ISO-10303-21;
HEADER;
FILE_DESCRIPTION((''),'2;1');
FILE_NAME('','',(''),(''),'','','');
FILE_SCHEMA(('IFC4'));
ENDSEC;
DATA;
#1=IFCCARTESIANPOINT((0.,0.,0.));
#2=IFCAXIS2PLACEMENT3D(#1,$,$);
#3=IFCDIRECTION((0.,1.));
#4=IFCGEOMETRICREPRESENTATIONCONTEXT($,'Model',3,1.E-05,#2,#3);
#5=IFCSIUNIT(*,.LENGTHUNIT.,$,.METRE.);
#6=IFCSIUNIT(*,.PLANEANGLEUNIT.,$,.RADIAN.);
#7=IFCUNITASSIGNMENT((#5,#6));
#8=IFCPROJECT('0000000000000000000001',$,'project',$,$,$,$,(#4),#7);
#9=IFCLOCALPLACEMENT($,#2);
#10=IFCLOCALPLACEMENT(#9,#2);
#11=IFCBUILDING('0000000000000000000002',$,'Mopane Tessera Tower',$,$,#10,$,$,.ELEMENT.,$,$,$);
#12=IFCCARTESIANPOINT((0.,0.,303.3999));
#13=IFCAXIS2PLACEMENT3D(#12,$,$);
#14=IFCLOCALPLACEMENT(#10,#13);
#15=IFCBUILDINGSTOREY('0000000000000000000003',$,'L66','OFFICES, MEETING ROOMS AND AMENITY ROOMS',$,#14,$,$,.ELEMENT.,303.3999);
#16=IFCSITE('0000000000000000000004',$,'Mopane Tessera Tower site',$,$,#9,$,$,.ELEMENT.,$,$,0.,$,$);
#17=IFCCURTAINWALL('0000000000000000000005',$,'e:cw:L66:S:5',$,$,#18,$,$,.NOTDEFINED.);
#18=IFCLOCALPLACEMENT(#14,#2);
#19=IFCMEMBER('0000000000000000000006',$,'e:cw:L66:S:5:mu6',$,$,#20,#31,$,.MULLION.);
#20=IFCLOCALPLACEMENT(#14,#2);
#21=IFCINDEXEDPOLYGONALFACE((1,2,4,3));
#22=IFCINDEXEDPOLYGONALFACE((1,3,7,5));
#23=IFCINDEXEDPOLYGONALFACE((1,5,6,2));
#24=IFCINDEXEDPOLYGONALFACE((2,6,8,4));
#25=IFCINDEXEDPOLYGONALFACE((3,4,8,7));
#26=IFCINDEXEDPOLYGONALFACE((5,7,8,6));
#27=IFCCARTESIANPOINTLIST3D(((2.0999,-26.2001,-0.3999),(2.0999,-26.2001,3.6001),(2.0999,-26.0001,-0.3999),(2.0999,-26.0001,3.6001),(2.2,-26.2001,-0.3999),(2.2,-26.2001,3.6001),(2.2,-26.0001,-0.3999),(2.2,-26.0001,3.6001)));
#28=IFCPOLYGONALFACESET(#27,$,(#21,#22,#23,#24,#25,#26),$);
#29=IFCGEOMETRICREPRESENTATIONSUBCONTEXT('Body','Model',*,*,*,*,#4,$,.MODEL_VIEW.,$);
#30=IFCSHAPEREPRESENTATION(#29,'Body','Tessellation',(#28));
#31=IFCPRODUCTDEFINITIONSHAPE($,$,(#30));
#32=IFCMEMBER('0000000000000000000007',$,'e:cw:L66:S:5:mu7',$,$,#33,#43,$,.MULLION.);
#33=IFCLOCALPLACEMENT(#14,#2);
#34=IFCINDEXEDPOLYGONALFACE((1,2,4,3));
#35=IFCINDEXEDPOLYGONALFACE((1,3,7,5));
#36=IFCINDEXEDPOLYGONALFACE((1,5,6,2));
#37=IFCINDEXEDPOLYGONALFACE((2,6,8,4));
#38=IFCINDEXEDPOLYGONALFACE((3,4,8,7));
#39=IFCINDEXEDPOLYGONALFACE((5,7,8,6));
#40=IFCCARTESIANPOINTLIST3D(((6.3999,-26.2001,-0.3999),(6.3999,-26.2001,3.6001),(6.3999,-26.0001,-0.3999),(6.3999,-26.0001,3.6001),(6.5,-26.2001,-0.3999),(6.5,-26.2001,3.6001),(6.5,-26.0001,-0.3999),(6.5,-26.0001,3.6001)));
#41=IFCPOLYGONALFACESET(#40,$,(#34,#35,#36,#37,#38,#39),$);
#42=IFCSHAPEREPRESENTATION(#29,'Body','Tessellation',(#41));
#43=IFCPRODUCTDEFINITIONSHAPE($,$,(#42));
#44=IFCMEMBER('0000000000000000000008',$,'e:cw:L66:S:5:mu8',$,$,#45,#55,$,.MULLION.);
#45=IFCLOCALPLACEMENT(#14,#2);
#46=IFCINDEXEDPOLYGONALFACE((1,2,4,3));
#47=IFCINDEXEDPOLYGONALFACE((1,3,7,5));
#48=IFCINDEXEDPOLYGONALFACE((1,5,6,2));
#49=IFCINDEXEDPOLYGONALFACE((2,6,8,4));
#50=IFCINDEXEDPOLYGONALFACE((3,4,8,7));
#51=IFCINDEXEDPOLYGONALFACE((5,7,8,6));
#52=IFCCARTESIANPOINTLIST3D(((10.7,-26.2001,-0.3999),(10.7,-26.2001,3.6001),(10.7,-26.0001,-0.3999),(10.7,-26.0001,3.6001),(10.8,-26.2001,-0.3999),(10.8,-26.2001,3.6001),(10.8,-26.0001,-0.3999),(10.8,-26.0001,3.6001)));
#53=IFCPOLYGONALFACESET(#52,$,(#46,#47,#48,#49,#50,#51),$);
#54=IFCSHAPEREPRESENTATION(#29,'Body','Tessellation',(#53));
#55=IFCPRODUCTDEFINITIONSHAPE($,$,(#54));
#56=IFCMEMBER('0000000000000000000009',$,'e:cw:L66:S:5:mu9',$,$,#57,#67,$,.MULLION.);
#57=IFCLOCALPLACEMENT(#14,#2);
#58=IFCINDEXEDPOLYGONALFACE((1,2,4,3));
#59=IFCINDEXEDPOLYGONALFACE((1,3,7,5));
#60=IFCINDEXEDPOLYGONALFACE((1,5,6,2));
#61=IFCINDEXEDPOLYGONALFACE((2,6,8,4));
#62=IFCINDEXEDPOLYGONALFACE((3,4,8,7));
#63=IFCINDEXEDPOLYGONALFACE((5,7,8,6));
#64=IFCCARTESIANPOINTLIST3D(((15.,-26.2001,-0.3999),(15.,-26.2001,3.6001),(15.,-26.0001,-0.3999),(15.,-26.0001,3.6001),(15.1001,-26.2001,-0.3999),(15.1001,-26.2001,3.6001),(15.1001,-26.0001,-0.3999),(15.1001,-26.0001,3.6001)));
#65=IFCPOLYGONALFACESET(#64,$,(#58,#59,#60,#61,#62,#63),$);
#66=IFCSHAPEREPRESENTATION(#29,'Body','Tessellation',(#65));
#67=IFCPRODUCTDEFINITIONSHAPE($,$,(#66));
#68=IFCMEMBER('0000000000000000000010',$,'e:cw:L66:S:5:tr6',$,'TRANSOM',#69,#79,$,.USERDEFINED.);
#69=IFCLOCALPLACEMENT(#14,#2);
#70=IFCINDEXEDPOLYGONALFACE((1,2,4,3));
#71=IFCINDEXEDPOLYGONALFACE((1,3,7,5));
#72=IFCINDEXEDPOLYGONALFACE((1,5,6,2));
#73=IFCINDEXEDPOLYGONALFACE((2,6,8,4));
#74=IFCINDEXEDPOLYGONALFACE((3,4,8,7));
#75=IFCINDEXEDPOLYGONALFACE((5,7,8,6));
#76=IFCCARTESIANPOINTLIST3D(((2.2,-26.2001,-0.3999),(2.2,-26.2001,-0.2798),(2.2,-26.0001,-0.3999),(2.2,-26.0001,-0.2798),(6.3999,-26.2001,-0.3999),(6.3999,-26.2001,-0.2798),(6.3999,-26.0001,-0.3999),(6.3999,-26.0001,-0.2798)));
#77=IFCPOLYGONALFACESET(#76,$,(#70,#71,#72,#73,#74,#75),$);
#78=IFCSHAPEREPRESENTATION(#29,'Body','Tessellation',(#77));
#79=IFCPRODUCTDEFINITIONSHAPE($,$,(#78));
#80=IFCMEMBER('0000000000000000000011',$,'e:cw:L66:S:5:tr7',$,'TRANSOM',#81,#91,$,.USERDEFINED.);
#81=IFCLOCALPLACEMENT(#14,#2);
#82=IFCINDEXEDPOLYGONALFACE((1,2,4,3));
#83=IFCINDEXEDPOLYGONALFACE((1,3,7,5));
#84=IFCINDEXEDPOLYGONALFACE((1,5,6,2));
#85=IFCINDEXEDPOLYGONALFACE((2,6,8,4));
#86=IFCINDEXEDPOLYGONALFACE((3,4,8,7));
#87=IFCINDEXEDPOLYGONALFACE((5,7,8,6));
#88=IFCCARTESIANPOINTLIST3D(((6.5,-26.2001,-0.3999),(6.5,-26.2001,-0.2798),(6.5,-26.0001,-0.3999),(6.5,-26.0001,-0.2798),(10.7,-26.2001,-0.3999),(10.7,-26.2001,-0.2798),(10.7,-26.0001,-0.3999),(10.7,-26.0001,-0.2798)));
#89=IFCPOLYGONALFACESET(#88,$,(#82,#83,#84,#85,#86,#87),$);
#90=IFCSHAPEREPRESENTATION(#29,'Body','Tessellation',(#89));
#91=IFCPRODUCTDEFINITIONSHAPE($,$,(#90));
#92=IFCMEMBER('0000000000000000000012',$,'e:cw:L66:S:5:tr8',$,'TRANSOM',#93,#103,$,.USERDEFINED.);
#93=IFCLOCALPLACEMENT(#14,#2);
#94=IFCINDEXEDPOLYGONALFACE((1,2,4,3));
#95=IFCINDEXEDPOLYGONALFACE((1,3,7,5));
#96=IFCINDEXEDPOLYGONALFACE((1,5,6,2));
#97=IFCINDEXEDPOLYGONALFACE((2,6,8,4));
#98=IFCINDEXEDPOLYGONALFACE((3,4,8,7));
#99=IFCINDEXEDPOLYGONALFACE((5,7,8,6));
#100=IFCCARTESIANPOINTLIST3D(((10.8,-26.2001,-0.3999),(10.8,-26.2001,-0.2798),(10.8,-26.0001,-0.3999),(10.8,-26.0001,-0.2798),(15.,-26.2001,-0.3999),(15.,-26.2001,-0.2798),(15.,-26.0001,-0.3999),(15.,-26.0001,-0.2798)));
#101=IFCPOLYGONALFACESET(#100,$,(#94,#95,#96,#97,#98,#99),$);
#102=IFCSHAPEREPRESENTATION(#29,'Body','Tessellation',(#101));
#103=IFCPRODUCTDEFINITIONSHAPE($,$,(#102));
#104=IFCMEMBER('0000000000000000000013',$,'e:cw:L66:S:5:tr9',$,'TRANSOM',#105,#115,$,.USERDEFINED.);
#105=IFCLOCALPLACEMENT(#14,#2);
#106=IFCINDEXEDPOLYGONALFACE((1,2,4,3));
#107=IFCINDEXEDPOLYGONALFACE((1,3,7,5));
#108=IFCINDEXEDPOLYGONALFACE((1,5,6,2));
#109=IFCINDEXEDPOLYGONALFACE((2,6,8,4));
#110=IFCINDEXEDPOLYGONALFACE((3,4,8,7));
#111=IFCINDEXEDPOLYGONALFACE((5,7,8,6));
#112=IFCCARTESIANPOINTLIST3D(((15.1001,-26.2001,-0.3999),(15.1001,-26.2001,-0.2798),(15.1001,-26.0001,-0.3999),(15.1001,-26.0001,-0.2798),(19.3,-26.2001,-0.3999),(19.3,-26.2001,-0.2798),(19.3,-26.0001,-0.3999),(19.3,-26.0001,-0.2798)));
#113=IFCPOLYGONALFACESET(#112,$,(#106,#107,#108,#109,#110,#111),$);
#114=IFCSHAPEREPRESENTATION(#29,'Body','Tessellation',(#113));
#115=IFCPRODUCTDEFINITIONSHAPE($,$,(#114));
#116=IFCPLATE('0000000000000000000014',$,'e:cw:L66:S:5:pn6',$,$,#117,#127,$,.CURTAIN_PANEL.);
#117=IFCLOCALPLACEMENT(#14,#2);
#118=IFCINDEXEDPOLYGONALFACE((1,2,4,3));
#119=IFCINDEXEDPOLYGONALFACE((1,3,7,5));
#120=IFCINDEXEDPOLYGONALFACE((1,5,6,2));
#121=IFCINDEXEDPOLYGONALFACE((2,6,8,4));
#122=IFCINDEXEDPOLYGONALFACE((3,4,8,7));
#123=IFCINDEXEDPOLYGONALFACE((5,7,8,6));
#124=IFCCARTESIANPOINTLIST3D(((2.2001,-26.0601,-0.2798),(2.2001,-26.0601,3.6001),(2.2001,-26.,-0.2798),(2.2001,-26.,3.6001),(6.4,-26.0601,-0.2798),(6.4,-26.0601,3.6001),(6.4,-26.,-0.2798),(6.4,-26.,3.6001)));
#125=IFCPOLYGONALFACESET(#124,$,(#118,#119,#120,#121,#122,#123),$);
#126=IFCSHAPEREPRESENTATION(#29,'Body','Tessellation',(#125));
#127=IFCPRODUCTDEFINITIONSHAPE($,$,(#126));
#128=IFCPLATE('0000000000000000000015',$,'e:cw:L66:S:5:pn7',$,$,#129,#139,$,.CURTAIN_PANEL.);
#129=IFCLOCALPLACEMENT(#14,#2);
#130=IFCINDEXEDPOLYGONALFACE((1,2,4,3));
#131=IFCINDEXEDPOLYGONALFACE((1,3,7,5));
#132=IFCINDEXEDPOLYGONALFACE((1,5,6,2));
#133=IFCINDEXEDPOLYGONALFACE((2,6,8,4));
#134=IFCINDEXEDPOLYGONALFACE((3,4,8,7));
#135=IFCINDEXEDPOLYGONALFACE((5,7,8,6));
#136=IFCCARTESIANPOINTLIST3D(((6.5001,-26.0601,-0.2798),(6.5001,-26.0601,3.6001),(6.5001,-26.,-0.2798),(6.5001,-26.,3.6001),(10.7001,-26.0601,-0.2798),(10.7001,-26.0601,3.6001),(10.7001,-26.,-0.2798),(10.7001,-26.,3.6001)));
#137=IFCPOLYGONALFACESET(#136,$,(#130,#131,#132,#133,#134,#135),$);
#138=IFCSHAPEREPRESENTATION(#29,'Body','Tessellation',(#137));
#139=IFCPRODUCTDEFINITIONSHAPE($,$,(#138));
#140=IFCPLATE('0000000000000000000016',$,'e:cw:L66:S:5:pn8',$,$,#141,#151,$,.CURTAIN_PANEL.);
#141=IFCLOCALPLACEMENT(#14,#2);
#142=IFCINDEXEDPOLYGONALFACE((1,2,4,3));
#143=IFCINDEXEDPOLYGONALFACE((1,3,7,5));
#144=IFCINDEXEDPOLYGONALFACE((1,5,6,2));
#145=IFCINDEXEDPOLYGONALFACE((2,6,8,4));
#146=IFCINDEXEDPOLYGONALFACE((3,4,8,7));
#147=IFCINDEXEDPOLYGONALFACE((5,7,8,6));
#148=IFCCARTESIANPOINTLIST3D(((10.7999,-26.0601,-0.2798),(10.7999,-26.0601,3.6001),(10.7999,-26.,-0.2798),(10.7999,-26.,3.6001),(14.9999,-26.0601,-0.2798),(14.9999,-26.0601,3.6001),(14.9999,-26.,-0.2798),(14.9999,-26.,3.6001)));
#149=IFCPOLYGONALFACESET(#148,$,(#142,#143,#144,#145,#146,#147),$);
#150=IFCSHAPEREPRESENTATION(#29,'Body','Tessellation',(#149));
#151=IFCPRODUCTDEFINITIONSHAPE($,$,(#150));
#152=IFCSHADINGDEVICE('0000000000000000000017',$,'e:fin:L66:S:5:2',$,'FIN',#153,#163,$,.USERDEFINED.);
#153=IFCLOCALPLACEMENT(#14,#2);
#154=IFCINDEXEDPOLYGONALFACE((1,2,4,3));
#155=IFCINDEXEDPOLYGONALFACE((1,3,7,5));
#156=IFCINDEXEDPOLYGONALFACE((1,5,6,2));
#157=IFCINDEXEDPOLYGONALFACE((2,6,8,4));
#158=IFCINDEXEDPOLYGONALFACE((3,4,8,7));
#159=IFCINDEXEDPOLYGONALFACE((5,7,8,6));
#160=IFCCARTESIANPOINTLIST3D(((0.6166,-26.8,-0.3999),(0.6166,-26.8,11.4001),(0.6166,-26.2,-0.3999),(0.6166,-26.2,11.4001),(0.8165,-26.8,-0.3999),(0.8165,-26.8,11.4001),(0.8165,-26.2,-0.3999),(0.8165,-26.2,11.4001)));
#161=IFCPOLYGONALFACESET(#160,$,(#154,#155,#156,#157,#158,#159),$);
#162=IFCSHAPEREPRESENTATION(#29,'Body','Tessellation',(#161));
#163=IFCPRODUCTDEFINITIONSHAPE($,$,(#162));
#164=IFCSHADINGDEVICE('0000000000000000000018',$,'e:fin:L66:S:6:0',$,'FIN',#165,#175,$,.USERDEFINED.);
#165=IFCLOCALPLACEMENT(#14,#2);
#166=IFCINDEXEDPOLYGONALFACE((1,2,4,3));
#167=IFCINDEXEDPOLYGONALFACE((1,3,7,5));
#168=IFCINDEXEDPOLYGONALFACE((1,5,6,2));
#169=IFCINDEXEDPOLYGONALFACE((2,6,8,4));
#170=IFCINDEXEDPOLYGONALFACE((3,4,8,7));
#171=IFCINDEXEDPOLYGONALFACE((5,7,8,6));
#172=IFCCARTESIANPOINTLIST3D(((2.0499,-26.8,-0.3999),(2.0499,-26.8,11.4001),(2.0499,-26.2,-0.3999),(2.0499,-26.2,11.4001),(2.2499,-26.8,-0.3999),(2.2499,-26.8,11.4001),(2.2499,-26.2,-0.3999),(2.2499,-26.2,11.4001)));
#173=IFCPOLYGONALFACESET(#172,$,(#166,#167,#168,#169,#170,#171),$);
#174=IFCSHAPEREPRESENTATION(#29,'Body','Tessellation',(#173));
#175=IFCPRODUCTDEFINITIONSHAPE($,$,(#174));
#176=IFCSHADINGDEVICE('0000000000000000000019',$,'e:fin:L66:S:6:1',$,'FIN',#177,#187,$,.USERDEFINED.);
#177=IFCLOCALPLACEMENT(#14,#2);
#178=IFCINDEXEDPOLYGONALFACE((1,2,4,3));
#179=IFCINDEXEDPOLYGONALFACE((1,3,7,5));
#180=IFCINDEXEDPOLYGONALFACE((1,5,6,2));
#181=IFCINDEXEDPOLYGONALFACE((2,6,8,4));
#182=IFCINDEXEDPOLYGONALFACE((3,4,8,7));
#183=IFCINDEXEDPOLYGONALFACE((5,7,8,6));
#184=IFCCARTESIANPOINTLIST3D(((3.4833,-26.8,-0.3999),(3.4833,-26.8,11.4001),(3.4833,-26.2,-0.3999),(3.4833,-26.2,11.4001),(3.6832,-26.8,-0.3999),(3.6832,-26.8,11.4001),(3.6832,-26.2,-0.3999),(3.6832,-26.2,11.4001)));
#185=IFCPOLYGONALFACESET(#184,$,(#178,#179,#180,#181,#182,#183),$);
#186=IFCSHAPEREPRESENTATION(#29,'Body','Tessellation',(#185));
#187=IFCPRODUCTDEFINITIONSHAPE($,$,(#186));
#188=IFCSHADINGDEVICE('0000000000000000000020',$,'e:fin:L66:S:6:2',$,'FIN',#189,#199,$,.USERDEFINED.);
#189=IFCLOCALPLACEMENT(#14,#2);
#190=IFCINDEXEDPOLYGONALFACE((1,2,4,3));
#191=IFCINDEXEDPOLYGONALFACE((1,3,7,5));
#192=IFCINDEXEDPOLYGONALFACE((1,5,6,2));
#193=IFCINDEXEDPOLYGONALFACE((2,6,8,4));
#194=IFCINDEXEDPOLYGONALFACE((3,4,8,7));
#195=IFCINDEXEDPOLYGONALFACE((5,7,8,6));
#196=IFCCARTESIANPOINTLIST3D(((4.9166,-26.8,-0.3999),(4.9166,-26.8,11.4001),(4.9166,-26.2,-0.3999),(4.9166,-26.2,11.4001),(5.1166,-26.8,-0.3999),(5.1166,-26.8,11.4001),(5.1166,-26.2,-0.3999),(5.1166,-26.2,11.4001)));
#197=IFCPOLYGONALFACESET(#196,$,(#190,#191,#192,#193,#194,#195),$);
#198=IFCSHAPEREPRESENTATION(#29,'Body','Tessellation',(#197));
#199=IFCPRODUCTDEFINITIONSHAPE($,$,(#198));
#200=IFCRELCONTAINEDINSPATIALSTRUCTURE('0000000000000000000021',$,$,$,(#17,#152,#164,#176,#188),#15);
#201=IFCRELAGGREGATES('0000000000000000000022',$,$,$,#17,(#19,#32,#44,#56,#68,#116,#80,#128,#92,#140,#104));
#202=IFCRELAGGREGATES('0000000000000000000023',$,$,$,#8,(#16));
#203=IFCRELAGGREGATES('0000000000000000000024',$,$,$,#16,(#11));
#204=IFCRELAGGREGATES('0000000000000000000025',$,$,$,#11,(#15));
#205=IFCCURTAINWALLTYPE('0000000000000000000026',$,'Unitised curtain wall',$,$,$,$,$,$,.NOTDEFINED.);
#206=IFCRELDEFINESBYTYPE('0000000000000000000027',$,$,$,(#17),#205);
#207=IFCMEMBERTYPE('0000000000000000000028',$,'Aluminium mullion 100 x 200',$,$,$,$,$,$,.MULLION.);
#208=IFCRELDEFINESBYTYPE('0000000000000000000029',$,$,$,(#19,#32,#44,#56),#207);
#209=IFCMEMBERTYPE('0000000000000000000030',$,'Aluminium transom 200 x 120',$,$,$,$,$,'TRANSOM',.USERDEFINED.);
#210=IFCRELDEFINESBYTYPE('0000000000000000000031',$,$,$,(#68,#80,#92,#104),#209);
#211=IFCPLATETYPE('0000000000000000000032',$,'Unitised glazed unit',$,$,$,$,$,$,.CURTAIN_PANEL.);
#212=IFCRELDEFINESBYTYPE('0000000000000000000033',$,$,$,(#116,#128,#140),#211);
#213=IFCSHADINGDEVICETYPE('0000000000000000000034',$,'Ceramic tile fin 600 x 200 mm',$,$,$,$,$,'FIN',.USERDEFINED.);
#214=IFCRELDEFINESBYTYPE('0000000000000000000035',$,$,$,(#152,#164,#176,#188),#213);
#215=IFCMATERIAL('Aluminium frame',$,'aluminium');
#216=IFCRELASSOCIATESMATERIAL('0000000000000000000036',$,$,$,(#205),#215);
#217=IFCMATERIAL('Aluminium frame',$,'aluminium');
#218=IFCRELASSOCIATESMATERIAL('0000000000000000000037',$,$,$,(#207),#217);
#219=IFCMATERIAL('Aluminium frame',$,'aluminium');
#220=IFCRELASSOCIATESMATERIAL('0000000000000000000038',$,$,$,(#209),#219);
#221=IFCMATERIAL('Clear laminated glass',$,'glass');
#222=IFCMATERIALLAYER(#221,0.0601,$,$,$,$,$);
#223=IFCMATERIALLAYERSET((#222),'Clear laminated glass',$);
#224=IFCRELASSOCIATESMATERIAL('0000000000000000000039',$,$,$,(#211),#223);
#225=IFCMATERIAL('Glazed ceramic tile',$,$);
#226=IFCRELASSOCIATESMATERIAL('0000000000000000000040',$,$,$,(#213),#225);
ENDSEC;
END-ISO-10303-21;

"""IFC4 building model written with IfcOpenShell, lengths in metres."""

from ifc_helpers import new_model, si_unit, direction, frame, origin, origin_2d, place, context, subcontext, project, spatial, rectangle, extrude, material, layer, layer_set, material_profile, profile_set, type_object, element, aggregate, save


model = new_model("IFC4")

# Units and contexts
model_context = context("Model", 3, precision=1e-05, world=origin(), true_north=direction((0.0, 1.0)))
body_context = subcontext(model_context, "Body", "Model", "MODEL_VIEW")
ifc_project = project(units=[si_unit("LENGTHUNIT", "METRE"), si_unit("PLANEANGLEUNIT", "RADIAN")], contexts=[model_context])

# Site, building, storey
site_placement = place(None, origin())
site = spatial("IfcSite", under=ifc_project, at=site_placement, Name="Mopane Tessera Tower site", CompositionType="ELEMENT", RefElevation=0.0)
building_placement = place(site_placement, origin())
building = spatial("IfcBuilding", under=site, at=building_placement, Name="Mopane Tessera Tower", CompositionType="ELEMENT")
storey_placement = place(building_placement, frame((0.0, 0.0, 303.3999)))
storey = spatial("IfcBuildingStorey", under=building, at=storey_placement, Name="L66", Description="OFFICES, MEETING ROOMS AND AMENITY ROOMS", CompositionType="ELEMENT", Elevation=303.3999)

# Curtain wall, members, plates
ifc_material_1 = material(Name="Aluminium frame", Category="aluminium")
curtain_wall_type = type_object("IfcCurtainWallType", Name="Unitised curtain wall", PredefinedType="NOTDEFINED", material=ifc_material_1)
curtain_wall_placement = place(storey_placement, origin())
curtain_wall = element("IfcCurtainWall", 1, at=curtain_wall_placement, inside=storey, type_object=curtain_wall_type, Name="e:cw:L66:S:5", PredefinedType="NOTDEFINED")
ifc_material_2 = material(Name="Aluminium frame", Category="aluminium")
ifc_material_profile_1 = material_profile(ifc_material_2, rectangle(XDim=0.1001, YDim=0.2, at=origin_2d()))
ifc_profile_set_1 = profile_set([ifc_material_profile_1], Name="Aluminium frame")
member_type_1 = type_object("IfcMemberType", Name="Aluminium mullion 100 x 200", PredefinedType="MULLION", material=ifc_profile_set_1)
member_1_placement = place(storey_placement, frame((2.1499, -26.1001, -0.3999), z_axis=(0.0, 0.0, 1.0), x_axis=(1.0, 0.0, 0.0)))
member_1 = element("IfcMember", 2, at=member_1_placement, type_object=member_type_1, Name="e:cw:L66:S:5:mu6", PredefinedType="MULLION", context=body_context, shape_type="SweptSolid", body=[
    extrude(rectangle(XDim=0.1001, YDim=0.2, at=origin_2d()), origin(), (0.0, 0.0, 1.0), 4.0),
])
member_2_placement = place(storey_placement, frame((6.45, -26.1001, -0.3999), z_axis=(0.0, 0.0, 1.0), x_axis=(1.0, 0.0, 0.0)))
member_2 = element("IfcMember", 3, at=member_2_placement, type_object=member_type_1, Name="e:cw:L66:S:5:mu7", PredefinedType="MULLION", context=body_context, shape_type="SweptSolid", body=[
    extrude(rectangle(XDim=0.1001, YDim=0.2, at=origin_2d()), origin(), (0.0, 0.0, 1.0), 4.0),
])
member_3_placement = place(storey_placement, frame((10.75, -26.1001, -0.3999), z_axis=(0.0, 0.0, 1.0), x_axis=(1.0, 0.0, 0.0)))
member_3 = element("IfcMember", 4, at=member_3_placement, type_object=member_type_1, Name="e:cw:L66:S:5:mu8", PredefinedType="MULLION", context=body_context, shape_type="SweptSolid", body=[
    extrude(rectangle(XDim=0.1001, YDim=0.2, at=origin_2d()), origin(), (0.0, 0.0, 1.0), 4.0),
])
member_4_placement = place(storey_placement, frame((15.05, -26.1001, -0.3999), z_axis=(0.0, 0.0, 1.0), x_axis=(1.0, 0.0, 0.0)))
member_4 = element("IfcMember", 5, at=member_4_placement, type_object=member_type_1, Name="e:cw:L66:S:5:mu9", PredefinedType="MULLION", context=body_context, shape_type="SweptSolid", body=[
    extrude(rectangle(XDim=0.1001, YDim=0.2, at=origin_2d()), origin(), (0.0, 0.0, 1.0), 4.0),
])
ifc_material_3 = material(Name="Aluminium frame", Category="aluminium")
ifc_material_profile_2 = material_profile(ifc_material_3, rectangle(XDim=0.2, YDim=0.1201, at=origin_2d()))
ifc_profile_set_2 = profile_set([ifc_material_profile_2], Name="Aluminium frame")
member_type_2 = type_object("IfcMemberType", Name="Aluminium transom 200 x 120", ElementType="TRANSOM", PredefinedType="USERDEFINED", material=ifc_profile_set_2)
member_5_placement = place(storey_placement, frame((2.2, -26.1001, -0.3398), z_axis=(1.0, 0.0, 0.0), x_axis=(0.0, 1.0, 0.0)))
member_5 = element("IfcMember", 6, at=member_5_placement, type_object=member_type_2, Name="e:cw:L66:S:5:tr6", ObjectType="TRANSOM", PredefinedType="USERDEFINED", context=body_context, shape_type="SweptSolid", body=[
    extrude(rectangle(XDim=0.2, YDim=0.1201, at=origin_2d()), origin(), (0.0, 0.0, 1.0), 4.2),
])
member_6_placement = place(storey_placement, frame((6.5, -26.1001, -0.3398), z_axis=(1.0, 0.0, 0.0), x_axis=(0.0, 1.0, 0.0)))
member_6 = element("IfcMember", 7, at=member_6_placement, type_object=member_type_2, Name="e:cw:L66:S:5:tr7", ObjectType="TRANSOM", PredefinedType="USERDEFINED", context=body_context, shape_type="SweptSolid", body=[
    extrude(rectangle(XDim=0.2, YDim=0.1201, at=origin_2d()), origin(), (0.0, 0.0, 1.0), 4.2),
])
member_7_placement = place(storey_placement, frame((10.8, -26.1001, -0.3398), z_axis=(1.0, 0.0, 0.0), x_axis=(0.0, 1.0, 0.0)))
member_7 = element("IfcMember", 8, at=member_7_placement, type_object=member_type_2, Name="e:cw:L66:S:5:tr8", ObjectType="TRANSOM", PredefinedType="USERDEFINED", context=body_context, shape_type="SweptSolid", body=[
    extrude(rectangle(XDim=0.2, YDim=0.1201, at=origin_2d()), origin(), (0.0, 0.0, 1.0), 4.2),
])
member_8_placement = place(storey_placement, frame((15.1001, -26.1001, -0.3398), z_axis=(1.0, 0.0, 0.0), x_axis=(0.0, 1.0, 0.0)))
member_8 = element("IfcMember", 9, at=member_8_placement, type_object=member_type_2, Name="e:cw:L66:S:5:tr9", ObjectType="TRANSOM", PredefinedType="USERDEFINED", context=body_context, shape_type="SweptSolid", body=[
    extrude(rectangle(XDim=0.2, YDim=0.1201, at=origin_2d()), origin(), (0.0, 0.0, 1.0), 4.2),
])
ifc_material_4 = material(Name="Clear laminated glass", Category="glass")
ifc_layer = layer(ifc_material_4, 0.0601)
ifc_layer_set = layer_set([ifc_layer], Name="Clear laminated glass")
plate_type = type_object("IfcPlateType", Name="Unitised glazed unit", PredefinedType="CURTAIN_PANEL", material=ifc_layer_set)
plate_1_placement = place(storey_placement, frame((4.3, -26.03, -0.2798), z_axis=(0.0, 0.0, 1.0), x_axis=(1.0, 0.0, 0.0)))
plate_1 = element("IfcPlate", 10, at=plate_1_placement, type_object=plate_type, Name="e:cw:L66:S:5:pn6", PredefinedType="CURTAIN_PANEL", context=body_context, shape_type="SweptSolid", body=[
    extrude(rectangle(XDim=4.2, YDim=0.0601, at=origin_2d()), origin(), (0.0, 0.0, 1.0), 3.8799),
])
plate_2_placement = place(storey_placement, frame((8.6001, -26.03, -0.2798), z_axis=(0.0, 0.0, 1.0), x_axis=(1.0, 0.0, 0.0)))
plate_2 = element("IfcPlate", 11, at=plate_2_placement, type_object=plate_type, Name="e:cw:L66:S:5:pn7", PredefinedType="CURTAIN_PANEL", context=body_context, shape_type="SweptSolid", body=[
    extrude(rectangle(XDim=4.2, YDim=0.0601, at=origin_2d()), origin(), (0.0, 0.0, 1.0), 3.8799),
])
plate_3_placement = place(storey_placement, frame((12.8999, -26.03, -0.2798), z_axis=(0.0, 0.0, 1.0), x_axis=(1.0, 0.0, 0.0)))
plate_3 = element("IfcPlate", 12, at=plate_3_placement, type_object=plate_type, Name="e:cw:L66:S:5:pn8", PredefinedType="CURTAIN_PANEL", context=body_context, shape_type="SweptSolid", body=[
    extrude(rectangle(XDim=4.2, YDim=0.0601, at=origin_2d()), origin(), (0.0, 0.0, 1.0), 3.8799),
])
aggregate(curtain_wall, [member_1, member_2, member_3, member_4, member_5, plate_1, member_6, plate_2, member_7, plate_3, member_8])

# Shading devices
ifc_material_5 = material(Name="Glazed ceramic tile")
shading_device_type = type_object("IfcShadingDeviceType", Name="Ceramic tile fin 600 x 200 mm", ElementType="FIN", PredefinedType="USERDEFINED", material=ifc_material_5)
for number, where, z_axis, x_axis, name in (
    (13, (0.7166, -26.5, -0.3999), (0.0, 0.0, 1.0), (1.0, 0.0, 0.0), "e:fin:L66:S:5:2"),
    (14, (2.1499, -26.5, -0.3999), (0.0, 0.0, 1.0), (1.0, 0.0, 0.0), "e:fin:L66:S:6:0"),
    (15, (3.5833, -26.5, -0.3999), (0.0, 0.0, 1.0), (1.0, 0.0, 0.0), "e:fin:L66:S:6:1"),
    (16, (5.0166, -26.5, -0.3999), (0.0, 0.0, 1.0), (1.0, 0.0, 0.0), "e:fin:L66:S:6:2"),
):
    element("IfcShadingDevice", number, at=place(storey_placement, frame(where, z_axis=z_axis, x_axis=x_axis)), inside=storey, type_object=shading_device_type, Name=name, ObjectType="FIN", PredefinedType="USERDEFINED", context=body_context, shape_type="SweptSolid", body=[
        extrude(rectangle(XDim=0.2, YDim=0.6001, at=origin_2d()), origin(), (0.0, 0.0, 1.0), 11.8),
    ])

save(model, "model.ifc")
